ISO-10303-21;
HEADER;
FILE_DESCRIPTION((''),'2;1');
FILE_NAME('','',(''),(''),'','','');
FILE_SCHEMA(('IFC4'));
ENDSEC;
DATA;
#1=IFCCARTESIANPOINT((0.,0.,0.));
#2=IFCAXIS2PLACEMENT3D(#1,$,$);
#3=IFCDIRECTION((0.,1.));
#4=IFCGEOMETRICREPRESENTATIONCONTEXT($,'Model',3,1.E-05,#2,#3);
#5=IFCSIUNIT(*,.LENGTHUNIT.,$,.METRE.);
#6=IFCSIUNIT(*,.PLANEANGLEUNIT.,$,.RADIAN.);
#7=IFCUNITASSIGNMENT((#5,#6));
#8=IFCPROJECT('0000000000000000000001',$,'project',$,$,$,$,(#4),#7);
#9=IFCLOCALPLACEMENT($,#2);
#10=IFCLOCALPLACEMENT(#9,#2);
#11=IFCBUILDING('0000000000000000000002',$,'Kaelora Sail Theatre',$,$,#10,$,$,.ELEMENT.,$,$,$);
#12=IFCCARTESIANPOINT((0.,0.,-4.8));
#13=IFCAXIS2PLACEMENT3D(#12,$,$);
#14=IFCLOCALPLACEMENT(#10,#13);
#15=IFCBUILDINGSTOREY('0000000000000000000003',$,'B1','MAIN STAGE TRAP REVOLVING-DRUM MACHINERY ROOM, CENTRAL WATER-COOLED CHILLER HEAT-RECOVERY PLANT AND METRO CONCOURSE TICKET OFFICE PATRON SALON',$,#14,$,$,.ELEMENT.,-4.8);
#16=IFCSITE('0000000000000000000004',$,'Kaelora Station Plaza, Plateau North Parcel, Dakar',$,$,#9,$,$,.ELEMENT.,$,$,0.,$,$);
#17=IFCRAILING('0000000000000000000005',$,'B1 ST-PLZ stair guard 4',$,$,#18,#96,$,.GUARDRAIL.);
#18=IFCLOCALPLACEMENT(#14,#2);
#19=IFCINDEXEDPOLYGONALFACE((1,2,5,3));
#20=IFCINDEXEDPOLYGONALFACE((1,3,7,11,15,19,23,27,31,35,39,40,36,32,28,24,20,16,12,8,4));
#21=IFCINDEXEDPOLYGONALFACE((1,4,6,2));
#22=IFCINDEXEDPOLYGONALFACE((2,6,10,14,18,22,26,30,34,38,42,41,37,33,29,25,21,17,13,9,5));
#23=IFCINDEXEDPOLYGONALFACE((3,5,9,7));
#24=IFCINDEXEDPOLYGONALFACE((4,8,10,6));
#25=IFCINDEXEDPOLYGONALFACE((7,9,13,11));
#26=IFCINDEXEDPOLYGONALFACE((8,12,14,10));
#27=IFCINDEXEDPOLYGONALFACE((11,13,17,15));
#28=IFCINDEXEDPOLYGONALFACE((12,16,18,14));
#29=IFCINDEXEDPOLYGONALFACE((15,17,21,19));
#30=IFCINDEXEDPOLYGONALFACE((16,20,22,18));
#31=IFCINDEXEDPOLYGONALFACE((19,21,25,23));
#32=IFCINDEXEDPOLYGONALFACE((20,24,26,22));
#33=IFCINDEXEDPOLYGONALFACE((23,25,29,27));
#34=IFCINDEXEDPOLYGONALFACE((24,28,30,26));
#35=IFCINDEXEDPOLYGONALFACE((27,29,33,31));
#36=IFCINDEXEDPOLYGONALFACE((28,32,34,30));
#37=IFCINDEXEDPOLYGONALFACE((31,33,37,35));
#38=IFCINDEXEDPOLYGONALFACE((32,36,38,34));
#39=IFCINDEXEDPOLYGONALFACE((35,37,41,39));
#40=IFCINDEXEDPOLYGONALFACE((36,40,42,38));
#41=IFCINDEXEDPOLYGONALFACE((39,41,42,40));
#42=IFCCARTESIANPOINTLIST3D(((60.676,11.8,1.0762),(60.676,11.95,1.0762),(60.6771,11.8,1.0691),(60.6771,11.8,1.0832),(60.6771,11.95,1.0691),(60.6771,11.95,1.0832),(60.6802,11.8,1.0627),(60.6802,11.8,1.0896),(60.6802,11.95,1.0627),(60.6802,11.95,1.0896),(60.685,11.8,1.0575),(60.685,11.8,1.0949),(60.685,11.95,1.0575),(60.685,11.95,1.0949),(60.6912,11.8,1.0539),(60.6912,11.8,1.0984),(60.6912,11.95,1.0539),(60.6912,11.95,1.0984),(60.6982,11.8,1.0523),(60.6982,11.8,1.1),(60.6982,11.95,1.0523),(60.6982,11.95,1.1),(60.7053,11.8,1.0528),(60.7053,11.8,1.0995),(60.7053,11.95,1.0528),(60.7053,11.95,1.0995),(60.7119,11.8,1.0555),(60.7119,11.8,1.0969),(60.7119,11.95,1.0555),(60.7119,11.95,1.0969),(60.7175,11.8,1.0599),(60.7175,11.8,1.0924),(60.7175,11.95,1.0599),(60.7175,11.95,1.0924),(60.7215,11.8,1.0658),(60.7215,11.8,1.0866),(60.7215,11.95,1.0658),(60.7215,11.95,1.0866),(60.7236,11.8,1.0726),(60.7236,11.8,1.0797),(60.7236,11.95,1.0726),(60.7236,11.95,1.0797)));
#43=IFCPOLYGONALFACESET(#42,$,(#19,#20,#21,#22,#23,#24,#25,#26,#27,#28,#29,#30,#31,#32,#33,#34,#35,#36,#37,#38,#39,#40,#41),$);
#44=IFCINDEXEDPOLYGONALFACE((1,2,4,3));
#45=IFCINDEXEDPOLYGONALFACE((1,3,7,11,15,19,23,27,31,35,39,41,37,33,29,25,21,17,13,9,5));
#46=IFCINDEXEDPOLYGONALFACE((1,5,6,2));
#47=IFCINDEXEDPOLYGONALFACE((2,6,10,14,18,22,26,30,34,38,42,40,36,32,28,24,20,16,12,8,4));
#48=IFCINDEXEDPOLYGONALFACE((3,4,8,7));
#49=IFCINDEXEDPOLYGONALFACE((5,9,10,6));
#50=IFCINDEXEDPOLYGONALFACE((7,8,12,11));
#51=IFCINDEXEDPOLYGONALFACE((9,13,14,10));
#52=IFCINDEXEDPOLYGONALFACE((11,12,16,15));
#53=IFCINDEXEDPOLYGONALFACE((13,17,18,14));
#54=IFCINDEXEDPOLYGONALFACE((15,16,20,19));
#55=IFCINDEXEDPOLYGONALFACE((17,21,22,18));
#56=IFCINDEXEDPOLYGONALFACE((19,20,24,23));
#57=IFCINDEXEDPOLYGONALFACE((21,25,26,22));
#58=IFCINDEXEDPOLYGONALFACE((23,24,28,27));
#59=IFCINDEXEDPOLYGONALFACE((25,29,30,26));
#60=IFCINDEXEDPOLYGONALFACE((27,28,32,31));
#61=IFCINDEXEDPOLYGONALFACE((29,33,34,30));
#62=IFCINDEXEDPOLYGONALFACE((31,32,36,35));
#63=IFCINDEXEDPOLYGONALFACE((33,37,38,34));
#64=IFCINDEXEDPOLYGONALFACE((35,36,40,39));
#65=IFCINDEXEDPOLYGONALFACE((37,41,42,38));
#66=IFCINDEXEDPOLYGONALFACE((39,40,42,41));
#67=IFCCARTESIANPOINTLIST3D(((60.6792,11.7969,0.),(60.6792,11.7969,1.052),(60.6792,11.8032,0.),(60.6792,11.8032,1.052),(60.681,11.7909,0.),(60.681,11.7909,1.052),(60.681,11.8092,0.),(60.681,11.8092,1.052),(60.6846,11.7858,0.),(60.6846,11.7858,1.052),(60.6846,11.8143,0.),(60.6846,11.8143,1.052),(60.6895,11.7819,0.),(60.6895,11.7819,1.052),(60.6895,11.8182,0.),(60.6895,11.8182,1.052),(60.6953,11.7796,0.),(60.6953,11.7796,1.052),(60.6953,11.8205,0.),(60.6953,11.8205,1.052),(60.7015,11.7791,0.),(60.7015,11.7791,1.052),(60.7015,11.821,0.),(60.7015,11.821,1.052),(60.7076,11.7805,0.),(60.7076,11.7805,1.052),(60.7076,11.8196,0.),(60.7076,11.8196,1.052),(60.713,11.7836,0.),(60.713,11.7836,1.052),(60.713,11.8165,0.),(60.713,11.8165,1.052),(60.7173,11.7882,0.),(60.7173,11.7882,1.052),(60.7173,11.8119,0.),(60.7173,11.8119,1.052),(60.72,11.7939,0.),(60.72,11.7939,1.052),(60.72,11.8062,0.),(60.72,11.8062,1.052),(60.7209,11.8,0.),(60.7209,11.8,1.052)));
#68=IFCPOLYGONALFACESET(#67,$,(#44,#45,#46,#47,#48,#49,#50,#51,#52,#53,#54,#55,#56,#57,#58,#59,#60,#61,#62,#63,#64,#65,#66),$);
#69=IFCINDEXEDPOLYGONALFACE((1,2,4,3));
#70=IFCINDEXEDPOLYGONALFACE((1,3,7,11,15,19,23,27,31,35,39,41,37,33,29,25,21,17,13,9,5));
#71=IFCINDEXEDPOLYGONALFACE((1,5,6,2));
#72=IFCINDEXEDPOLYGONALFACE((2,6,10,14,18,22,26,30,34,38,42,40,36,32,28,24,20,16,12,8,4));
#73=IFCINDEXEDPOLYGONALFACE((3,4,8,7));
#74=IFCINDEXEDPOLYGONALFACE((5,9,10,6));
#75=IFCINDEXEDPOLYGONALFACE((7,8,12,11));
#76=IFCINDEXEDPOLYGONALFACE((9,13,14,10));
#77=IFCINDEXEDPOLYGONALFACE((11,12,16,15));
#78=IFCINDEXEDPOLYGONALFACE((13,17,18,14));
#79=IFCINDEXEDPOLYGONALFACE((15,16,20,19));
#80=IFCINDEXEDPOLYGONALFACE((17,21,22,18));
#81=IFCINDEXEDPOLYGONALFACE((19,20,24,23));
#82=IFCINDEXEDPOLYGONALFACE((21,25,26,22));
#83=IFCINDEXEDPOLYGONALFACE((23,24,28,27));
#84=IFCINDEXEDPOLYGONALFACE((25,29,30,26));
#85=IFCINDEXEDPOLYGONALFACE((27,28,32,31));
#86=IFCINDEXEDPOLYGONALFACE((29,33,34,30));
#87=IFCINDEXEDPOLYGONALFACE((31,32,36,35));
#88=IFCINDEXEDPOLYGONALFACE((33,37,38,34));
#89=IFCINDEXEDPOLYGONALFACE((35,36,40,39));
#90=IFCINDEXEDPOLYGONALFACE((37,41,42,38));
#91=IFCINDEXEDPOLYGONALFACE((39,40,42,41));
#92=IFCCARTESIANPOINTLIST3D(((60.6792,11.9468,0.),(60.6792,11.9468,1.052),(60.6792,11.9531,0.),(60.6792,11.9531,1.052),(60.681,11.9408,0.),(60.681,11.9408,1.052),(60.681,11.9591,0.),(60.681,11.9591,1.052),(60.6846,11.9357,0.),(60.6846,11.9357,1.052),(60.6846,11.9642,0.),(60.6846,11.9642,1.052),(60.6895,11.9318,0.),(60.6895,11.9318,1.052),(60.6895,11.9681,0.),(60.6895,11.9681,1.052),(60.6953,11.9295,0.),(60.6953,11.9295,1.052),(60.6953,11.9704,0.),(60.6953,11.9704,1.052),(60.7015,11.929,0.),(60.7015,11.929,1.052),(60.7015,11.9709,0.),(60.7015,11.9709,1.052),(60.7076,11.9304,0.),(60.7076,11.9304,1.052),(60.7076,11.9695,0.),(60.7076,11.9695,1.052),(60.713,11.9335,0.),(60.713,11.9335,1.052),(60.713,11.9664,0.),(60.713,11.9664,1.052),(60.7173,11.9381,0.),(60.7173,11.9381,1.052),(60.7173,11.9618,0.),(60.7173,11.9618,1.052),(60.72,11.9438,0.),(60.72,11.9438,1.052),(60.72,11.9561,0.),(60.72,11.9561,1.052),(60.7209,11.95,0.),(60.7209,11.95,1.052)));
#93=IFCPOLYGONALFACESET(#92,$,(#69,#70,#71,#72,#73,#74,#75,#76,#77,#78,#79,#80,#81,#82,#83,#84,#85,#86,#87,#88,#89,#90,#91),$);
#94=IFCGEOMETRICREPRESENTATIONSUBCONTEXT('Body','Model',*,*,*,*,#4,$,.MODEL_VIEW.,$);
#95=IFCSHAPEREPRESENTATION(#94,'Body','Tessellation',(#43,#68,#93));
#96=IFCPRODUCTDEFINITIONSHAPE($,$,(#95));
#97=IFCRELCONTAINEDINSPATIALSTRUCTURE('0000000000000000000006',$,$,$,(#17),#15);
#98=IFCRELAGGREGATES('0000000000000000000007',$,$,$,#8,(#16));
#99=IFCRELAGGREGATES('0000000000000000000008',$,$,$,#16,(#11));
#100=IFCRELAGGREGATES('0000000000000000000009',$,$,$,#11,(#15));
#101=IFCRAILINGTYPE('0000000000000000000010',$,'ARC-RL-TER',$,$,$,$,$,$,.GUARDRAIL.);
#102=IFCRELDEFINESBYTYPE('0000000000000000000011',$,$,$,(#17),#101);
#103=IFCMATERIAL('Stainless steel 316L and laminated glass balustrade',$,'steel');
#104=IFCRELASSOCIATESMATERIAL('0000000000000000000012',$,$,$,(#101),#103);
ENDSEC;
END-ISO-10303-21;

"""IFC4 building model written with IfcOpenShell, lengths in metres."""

from ifc_helpers import new_model, si_unit, direction, frame, origin, origin_2d, place, context, subcontext, project, spatial, circle, extrude, material, type_object, element, save


model = new_model("IFC4")

# Units and contexts
model_context = context("Model", 3, precision=1e-05, world=origin(), true_north=direction((0.0, 1.0)))
body_context = subcontext(model_context, "Body", "Model", "MODEL_VIEW")
ifc_project = project(units=[si_unit("LENGTHUNIT", "METRE"), si_unit("PLANEANGLEUNIT", "RADIAN")], contexts=[model_context])

# Site, building, storey
site_placement = place(None, origin())
site = spatial("IfcSite", under=ifc_project, at=site_placement, Name="Kaelora Station Plaza, Plateau North Parcel, Dakar", CompositionType="ELEMENT", RefElevation=0.0)
building_placement = place(site_placement, origin())
building = spatial("IfcBuilding", under=site, at=building_placement, Name="Kaelora Sail Theatre", CompositionType="ELEMENT")
storey_placement = place(building_placement, frame((0.0, 0.0, -4.8)))
storey = spatial("IfcBuildingStorey", under=building, at=storey_placement, Name="B1", Description="MAIN STAGE TRAP REVOLVING-DRUM MACHINERY ROOM, CENTRAL WATER-COOLED CHILLER HEAT-RECOVERY PLANT AND METRO CONCOURSE TICKET OFFICE PATRON SALON", CompositionType="ELEMENT", Elevation=-4.8)

# Railing
ifc_material_1 = material(Name="Stainless steel 316L and laminated glass balustrade", Category="steel")
railing_type_1 = type_object("IfcRailingType", Name="ARC-RL-TER", PredefinedType="GUARDRAIL", material=ifc_material_1)
railing_1_placement = place(storey_placement, frame((60.7, 11.8, 0.0)))
element("IfcRailing", 1, at=railing_1_placement, inside=storey, type_object=railing_type_1, Name="B1 ST-PLZ stair guard 4", PredefinedType="GUARDRAIL", context=body_context, shape_type="SweptSolid", body=[
    extrude(circle(Radius=0.0239, at=origin_2d()), frame((0.0, 0.0, 1.0762), z_axis=(0.0, 1.0, 0.0), x_axis=(-1.0, 0.0, 0.0)), (0.0, 0.0, 1.0), 0.1499),
    extrude(circle(Radius=0.021, at=origin_2d()), origin(), (0.0, 0.0, 1.0), 1.052),
    extrude(circle(Radius=0.021, at=origin_2d()), frame((0.0, 0.1499, 0.0)), (0.0, 0.0, 1.0), 1.052),
])

save(model, "model.ifc")
